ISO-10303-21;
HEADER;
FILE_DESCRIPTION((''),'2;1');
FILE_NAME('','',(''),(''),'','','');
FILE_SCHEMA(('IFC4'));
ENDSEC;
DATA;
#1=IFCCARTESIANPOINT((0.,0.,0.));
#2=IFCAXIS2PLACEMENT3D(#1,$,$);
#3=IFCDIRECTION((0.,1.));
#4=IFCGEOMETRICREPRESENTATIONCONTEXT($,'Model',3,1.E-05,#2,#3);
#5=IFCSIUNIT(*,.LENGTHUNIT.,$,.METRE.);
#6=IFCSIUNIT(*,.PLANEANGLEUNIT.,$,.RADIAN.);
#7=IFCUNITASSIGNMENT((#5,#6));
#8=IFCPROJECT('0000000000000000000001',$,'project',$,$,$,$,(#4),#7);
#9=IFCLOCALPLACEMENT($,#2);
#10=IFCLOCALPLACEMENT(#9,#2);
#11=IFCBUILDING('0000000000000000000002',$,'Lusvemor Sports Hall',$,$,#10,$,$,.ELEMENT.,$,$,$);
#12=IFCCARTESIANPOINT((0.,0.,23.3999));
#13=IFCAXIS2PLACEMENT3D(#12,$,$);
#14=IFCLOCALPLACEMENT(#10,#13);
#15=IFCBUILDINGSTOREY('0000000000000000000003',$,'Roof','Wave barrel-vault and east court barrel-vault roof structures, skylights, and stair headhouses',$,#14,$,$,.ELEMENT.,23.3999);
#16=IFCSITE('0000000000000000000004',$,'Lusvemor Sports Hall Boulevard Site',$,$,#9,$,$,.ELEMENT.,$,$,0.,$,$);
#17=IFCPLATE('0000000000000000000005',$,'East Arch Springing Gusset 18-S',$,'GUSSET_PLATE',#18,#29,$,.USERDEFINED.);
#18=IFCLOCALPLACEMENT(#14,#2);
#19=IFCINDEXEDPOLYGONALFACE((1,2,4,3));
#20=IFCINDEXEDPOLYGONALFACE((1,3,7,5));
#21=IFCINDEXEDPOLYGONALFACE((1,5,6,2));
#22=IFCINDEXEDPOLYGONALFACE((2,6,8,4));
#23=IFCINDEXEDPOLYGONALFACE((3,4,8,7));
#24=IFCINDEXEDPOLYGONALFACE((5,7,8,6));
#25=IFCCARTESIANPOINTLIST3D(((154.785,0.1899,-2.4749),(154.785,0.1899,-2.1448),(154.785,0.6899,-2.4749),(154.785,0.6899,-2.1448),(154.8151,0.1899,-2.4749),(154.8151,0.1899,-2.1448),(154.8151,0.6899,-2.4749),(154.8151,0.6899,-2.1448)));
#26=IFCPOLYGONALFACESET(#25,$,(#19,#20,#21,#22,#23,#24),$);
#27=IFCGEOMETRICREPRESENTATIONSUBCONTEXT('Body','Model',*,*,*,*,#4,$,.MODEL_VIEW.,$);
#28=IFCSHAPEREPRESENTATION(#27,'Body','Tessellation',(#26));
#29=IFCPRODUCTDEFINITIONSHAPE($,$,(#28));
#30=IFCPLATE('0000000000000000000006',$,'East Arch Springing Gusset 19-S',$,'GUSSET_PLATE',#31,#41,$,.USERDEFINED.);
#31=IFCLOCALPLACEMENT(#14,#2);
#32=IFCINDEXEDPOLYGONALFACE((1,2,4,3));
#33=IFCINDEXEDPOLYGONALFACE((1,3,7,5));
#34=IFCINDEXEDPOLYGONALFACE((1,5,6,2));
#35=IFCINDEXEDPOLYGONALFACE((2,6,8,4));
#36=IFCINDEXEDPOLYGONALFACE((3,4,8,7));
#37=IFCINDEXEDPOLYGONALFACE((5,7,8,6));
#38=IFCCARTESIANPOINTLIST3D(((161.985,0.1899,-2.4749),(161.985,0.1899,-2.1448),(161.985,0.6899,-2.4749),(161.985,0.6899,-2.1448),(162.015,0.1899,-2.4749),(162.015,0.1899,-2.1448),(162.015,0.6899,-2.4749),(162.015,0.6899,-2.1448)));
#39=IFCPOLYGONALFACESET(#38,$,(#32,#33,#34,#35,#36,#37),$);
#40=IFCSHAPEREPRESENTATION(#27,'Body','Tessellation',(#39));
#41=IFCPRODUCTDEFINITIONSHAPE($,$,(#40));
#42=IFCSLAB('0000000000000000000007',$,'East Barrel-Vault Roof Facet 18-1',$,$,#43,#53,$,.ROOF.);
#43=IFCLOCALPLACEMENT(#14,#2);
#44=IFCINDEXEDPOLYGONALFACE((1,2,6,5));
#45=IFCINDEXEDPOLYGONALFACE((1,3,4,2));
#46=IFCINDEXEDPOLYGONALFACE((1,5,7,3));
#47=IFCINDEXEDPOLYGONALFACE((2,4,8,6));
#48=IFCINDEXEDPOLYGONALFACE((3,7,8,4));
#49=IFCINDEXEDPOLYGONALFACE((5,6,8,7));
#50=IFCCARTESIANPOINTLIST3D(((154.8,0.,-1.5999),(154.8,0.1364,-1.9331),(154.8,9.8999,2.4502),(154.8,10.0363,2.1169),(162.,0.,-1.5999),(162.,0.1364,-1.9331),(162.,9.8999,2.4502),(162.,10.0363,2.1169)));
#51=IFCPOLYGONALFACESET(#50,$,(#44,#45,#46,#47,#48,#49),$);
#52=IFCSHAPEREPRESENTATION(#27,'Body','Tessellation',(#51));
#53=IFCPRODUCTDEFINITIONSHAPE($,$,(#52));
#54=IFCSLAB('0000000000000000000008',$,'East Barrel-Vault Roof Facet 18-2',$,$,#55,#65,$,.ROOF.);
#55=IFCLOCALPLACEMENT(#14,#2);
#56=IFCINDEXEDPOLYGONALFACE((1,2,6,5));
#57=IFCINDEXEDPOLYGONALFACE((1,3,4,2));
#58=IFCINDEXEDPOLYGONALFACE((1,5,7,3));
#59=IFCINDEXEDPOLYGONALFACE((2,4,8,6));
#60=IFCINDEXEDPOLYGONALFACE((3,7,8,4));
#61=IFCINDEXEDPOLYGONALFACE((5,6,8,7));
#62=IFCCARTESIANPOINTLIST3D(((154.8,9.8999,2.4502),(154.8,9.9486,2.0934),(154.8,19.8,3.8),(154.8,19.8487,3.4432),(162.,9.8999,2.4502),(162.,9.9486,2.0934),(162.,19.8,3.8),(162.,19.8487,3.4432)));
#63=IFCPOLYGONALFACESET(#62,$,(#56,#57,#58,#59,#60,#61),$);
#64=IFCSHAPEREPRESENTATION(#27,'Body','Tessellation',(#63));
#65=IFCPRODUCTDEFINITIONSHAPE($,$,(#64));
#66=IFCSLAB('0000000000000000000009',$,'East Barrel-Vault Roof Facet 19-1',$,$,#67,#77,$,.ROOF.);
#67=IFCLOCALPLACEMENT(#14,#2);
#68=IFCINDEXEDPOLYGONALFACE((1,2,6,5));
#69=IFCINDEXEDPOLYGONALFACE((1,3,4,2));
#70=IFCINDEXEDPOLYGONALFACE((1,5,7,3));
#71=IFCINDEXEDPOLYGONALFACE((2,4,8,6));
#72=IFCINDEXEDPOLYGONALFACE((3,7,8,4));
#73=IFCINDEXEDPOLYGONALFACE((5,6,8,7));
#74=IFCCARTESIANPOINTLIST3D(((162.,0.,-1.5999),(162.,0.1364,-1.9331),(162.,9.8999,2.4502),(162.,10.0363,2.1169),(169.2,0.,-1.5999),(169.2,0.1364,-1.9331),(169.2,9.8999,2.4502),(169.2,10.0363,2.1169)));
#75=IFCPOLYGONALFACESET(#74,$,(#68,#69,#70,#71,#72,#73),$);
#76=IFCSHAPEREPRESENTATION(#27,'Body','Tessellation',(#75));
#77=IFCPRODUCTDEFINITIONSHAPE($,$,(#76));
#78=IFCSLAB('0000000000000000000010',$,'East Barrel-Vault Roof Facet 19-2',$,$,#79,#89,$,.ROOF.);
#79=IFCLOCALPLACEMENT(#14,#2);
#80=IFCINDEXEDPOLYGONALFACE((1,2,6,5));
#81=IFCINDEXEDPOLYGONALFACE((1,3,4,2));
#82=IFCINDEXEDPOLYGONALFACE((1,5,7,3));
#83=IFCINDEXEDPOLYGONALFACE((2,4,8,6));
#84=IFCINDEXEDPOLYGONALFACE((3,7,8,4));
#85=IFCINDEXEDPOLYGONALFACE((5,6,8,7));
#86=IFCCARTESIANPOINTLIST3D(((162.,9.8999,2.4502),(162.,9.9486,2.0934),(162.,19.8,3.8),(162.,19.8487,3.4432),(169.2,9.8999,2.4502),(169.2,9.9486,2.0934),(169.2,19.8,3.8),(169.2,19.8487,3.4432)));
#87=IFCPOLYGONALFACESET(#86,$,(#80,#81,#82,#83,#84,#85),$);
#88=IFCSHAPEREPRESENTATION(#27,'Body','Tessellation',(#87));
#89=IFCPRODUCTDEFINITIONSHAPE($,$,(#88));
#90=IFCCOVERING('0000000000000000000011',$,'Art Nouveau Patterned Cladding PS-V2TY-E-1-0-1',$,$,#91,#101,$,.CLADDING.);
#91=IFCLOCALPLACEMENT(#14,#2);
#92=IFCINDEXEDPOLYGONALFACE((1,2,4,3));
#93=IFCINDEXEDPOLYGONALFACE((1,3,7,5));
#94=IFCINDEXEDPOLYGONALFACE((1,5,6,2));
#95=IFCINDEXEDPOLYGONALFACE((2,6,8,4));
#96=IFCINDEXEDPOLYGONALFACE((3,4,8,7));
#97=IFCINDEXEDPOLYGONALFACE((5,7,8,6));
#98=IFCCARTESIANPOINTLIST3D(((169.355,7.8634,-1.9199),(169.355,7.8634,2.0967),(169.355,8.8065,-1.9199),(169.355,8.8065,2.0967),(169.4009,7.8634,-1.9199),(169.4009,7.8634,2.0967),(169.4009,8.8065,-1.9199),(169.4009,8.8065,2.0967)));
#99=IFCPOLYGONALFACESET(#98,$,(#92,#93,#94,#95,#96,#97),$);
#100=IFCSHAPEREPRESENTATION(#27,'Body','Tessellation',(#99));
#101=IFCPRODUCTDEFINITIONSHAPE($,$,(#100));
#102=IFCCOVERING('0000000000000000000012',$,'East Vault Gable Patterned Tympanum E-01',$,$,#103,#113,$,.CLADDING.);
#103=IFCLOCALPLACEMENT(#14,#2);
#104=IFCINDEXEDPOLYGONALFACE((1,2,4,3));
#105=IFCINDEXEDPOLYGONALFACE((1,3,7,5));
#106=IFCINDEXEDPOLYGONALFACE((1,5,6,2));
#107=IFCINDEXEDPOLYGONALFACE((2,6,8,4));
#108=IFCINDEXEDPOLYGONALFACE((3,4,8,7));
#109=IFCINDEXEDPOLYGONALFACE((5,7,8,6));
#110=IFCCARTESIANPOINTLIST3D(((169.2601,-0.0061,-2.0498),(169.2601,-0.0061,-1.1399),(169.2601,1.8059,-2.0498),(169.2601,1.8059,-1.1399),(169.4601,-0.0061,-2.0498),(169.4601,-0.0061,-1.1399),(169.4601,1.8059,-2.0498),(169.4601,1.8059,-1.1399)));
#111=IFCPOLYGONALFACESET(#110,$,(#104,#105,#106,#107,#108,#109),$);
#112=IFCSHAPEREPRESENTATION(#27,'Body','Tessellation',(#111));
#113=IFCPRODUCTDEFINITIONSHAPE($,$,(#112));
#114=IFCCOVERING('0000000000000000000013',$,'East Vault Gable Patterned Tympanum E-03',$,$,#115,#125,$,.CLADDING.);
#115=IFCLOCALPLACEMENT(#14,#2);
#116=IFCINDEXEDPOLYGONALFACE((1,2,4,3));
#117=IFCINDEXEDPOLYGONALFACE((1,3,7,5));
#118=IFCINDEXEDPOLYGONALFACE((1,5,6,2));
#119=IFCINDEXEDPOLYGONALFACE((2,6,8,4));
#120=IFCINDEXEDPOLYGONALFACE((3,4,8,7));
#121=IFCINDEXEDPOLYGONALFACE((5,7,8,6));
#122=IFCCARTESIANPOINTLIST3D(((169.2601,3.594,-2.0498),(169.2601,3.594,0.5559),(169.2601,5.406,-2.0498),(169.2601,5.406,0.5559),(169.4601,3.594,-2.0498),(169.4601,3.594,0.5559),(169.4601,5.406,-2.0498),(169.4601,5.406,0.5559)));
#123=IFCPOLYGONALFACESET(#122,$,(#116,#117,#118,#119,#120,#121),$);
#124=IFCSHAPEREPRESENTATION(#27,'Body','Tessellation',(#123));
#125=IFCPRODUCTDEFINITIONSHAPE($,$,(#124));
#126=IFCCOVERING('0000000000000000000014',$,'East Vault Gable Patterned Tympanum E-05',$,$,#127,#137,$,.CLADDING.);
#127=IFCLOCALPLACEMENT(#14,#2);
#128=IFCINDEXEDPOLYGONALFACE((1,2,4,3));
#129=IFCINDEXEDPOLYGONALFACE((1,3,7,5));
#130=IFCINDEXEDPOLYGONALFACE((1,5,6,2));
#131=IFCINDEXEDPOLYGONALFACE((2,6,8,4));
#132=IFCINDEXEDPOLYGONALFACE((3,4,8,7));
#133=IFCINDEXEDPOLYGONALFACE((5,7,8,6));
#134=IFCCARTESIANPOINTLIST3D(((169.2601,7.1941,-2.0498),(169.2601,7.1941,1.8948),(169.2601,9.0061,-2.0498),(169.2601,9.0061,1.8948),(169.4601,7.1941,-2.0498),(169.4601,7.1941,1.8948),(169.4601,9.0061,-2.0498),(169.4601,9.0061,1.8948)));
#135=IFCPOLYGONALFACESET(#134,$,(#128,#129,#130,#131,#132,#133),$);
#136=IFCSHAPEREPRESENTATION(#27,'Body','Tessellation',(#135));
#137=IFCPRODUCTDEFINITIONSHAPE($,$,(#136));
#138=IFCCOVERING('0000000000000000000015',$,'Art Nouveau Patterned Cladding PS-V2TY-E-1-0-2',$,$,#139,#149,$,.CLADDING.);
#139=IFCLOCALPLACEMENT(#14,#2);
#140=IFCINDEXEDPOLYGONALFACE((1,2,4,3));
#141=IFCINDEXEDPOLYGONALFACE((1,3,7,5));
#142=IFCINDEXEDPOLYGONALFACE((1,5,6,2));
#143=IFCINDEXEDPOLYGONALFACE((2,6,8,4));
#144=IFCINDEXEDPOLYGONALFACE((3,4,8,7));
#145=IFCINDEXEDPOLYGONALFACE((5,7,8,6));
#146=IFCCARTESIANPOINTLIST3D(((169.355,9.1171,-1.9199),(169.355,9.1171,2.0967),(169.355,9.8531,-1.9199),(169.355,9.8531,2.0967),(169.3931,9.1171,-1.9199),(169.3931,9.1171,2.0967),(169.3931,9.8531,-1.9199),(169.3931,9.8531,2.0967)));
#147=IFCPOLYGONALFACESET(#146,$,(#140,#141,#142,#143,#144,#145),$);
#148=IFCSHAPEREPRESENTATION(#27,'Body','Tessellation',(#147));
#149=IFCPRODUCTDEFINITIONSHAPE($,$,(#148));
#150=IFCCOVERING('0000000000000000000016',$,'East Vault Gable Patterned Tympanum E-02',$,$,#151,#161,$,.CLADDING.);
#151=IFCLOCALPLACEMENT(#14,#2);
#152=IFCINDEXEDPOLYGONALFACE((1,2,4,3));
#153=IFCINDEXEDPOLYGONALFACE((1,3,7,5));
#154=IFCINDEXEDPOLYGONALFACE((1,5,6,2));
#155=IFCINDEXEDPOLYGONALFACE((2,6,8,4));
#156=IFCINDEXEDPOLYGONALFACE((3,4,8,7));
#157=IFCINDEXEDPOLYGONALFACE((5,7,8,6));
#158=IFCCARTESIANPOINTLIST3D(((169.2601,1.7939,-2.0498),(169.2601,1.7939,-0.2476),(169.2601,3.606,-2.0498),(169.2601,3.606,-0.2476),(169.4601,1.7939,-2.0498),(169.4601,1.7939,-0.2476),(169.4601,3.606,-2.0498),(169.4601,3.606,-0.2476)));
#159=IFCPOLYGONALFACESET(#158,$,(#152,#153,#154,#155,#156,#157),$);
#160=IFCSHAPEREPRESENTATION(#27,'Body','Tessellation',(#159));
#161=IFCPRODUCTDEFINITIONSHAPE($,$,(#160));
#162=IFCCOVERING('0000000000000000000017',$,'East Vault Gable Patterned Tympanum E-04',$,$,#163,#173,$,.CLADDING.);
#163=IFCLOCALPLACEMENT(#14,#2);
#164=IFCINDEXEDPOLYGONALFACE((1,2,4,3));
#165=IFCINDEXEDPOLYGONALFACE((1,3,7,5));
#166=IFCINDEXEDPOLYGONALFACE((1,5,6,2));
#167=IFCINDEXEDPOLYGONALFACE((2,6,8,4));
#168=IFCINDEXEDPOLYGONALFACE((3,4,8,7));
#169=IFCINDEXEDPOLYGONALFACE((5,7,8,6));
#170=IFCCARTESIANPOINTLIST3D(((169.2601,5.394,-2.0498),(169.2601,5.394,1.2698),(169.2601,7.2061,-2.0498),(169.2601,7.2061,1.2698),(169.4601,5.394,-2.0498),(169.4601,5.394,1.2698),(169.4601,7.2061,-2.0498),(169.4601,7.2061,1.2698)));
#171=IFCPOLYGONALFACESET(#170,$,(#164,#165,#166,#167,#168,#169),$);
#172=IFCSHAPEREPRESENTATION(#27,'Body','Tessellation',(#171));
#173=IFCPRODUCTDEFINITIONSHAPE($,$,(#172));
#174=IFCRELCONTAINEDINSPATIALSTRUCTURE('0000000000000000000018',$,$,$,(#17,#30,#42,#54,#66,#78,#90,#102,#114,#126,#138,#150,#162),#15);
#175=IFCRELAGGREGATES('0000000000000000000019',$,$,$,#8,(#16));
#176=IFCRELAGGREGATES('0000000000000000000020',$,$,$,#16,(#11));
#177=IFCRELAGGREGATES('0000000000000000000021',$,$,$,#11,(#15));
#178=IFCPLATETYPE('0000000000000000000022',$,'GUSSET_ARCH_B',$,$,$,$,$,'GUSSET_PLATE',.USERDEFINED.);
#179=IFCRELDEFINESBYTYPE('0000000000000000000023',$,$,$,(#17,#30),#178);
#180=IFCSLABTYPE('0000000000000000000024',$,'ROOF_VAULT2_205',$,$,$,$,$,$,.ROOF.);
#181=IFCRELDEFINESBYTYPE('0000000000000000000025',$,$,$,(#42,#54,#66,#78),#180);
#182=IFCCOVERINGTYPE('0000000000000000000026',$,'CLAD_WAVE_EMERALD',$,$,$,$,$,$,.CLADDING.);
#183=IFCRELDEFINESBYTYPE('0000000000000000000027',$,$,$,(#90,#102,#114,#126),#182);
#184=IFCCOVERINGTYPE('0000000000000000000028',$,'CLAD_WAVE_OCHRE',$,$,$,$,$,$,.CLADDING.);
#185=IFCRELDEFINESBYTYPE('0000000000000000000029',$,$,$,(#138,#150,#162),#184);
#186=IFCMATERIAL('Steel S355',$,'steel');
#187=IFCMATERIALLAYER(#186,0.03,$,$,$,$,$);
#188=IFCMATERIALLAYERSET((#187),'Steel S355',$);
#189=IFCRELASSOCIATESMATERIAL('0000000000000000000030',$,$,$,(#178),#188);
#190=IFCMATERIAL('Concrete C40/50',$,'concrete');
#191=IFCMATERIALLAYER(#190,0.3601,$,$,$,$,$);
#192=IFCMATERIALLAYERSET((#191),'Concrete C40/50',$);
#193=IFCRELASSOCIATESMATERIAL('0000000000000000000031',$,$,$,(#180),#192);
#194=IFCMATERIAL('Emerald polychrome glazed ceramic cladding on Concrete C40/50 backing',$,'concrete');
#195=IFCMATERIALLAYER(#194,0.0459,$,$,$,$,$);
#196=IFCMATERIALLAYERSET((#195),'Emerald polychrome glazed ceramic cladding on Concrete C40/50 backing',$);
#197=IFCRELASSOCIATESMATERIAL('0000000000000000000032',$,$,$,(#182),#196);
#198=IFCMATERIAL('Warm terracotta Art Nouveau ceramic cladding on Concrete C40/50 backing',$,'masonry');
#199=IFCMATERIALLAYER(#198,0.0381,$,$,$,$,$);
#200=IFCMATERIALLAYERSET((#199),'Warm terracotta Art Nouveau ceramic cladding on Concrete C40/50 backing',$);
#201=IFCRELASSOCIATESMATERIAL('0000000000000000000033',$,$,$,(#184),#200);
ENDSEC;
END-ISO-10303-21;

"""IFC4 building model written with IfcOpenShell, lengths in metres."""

from ifc_helpers import new_model, si_unit, direction, frame, origin, origin_2d, place, context, subcontext, project, spatial, polyline, rectangle, outline, extrude, material, layer, layer_set, type_object, element, save


model = new_model("IFC4")

# Units and contexts
model_context = context("Model", 3, precision=1e-05, world=origin(), true_north=direction((0.0, 1.0)))
body_context = subcontext(model_context, "Body", "Model", "MODEL_VIEW")
ifc_project = project(units=[si_unit("LENGTHUNIT", "METRE"), si_unit("PLANEANGLEUNIT", "RADIAN")], contexts=[model_context])

# Site, building, storey
site_placement = place(None, origin())
site = spatial("IfcSite", under=ifc_project, at=site_placement, Name="Lusvemor Sports Hall Boulevard Site", CompositionType="ELEMENT", RefElevation=0.0)
building_placement = place(site_placement, origin())
building = spatial("IfcBuilding", under=site, at=building_placement, Name="Lusvemor Sports Hall", CompositionType="ELEMENT")
storey_placement = place(building_placement, frame((0.0, 0.0, 23.3999)))
storey = spatial("IfcBuildingStorey", under=building, at=storey_placement, Name="Roof", Description="Wave barrel-vault and east court barrel-vault roof structures, skylights, and stair headhouses", CompositionType="ELEMENT", Elevation=23.3999)

# Plates
ifc_material_1 = material(Name="Steel S355", Category="steel")
ifc_layer_1 = layer(ifc_material_1, 0.03)
ifc_layer_set_1 = layer_set([ifc_layer_1], Name="Steel S355")
plate_type = type_object("IfcPlateType", Name="GUSSET_ARCH_B", ElementType="GUSSET_PLATE", PredefinedType="USERDEFINED", material=ifc_layer_set_1)
for number, where, z_axis, x_axis, name in (
    (1, (154.8, 0.4399, -2.4749), (0.0, 0.0, 1.0), (1.0, 0.0, 0.0), "East Arch Springing Gusset 18-S"),
    (2, (162.0, 0.4399, -2.4749), (0.0, 0.0, 1.0), (1.0, 0.0, 0.0), "East Arch Springing Gusset 19-S"),
):
    element("IfcPlate", number, at=place(storey_placement, frame(where, z_axis=z_axis, x_axis=x_axis)), inside=storey, type_object=plate_type, Name=name, ObjectType="GUSSET_PLATE", PredefinedType="USERDEFINED", context=body_context, shape_type="SweptSolid", body=[
        extrude(rectangle(XDim=0.03, YDim=0.5, at=origin_2d()), origin(), (0.0, 0.0, 1.0), 0.3301),
    ])

# Slabs
ifc_material_2 = material(Name="Concrete C40/50", Category="concrete")
ifc_layer_2 = layer(ifc_material_2, 0.3601)
ifc_layer_set_2 = layer_set([ifc_layer_2], Name="Concrete C40/50")
slab_type = type_object("IfcSlabType", Name="ROOF_VAULT2_205", PredefinedType="ROOF", material=ifc_layer_set_2)
slab_1_placement = place(storey_placement, frame((154.8, 0.0, -1.5999), z_axis=(0.0, -0.37864, 0.925544), x_axis=(1.0, 0.0, 0.0)))
element("IfcSlab", 3, at=slab_1_placement, inside=storey, type_object=slab_type, Name="East Barrel-Vault Roof Facet 18-1", PredefinedType="ROOF", context=body_context, shape_type="SweptSolid", body=[
    extrude(outline(polyline([(0.0, 0.0), (7.2, 0.0), (7.2, 10.6963), (0.0, 10.6963), (0.0, 0.0)])), origin(), (0.0, 0.0, -1.0), 0.3601),
])
slab_2_placement = place(storey_placement, frame((154.8, 9.8999, 2.4502), z_axis=(0.0, -0.135097, 0.990832), x_axis=(1.0, 0.0, 0.0)))
element("IfcSlab", 4, at=slab_2_placement, inside=storey, type_object=slab_type, Name="East Barrel-Vault Roof Facet 18-2", PredefinedType="ROOF", context=body_context, shape_type="SweptSolid", body=[
    extrude(outline(polyline([(0.0, 0.0), (7.2, 0.0), (7.2, 9.9917), (0.0, 9.9917), (0.0, 0.0)])), origin(), (0.0, 0.0, -1.0), 0.3601),
])
slab_3_placement = place(storey_placement, frame((162.0, 0.0, -1.5999), z_axis=(0.0, -0.37864, 0.925544), x_axis=(1.0, 0.0, 0.0)))
element("IfcSlab", 5, at=slab_3_placement, inside=storey, type_object=slab_type, Name="East Barrel-Vault Roof Facet 19-1", PredefinedType="ROOF", context=body_context, shape_type="SweptSolid", body=[
    extrude(outline(polyline([(0.0, 0.0), (7.2, 0.0), (7.2, 10.6963), (0.0, 10.6963), (0.0, 0.0)])), origin(), (0.0, 0.0, -1.0), 0.3601),
])
slab_4_placement = place(storey_placement, frame((162.0, 9.8999, 2.4502), z_axis=(0.0, -0.135097, 0.990832), x_axis=(1.0, 0.0, 0.0)))
element("IfcSlab", 6, at=slab_4_placement, inside=storey, type_object=slab_type, Name="East Barrel-Vault Roof Facet 19-2", PredefinedType="ROOF", context=body_context, shape_type="SweptSolid", body=[
    extrude(outline(polyline([(0.0, 0.0), (7.2, 0.0), (7.2, 9.9917), (0.0, 9.9917), (0.0, 0.0)])), origin(), (0.0, 0.0, -1.0), 0.3601),
])

# Coverings
ifc_material_3 = material(Name="Emerald polychrome glazed ceramic cladding on Concrete C40/50 backing", Category="concrete")
ifc_layer_3 = layer(ifc_material_3, 0.0459)
ifc_layer_set_3 = layer_set([ifc_layer_3], Name="Emerald polychrome glazed ceramic cladding on Concrete C40/50 backing")
covering_type_1 = type_object("IfcCoveringType", Name="CLAD_WAVE_EMERALD", PredefinedType="CLADDING", material=ifc_layer_set_3)
covering_1_placement = place(storey_placement, frame((169.3779, 8.335, -1.9199), z_axis=(0.0, 0.0, 1.0), x_axis=(1.0, 0.0, 0.0)))
element("IfcCovering", 7, at=covering_1_placement, inside=storey, type_object=covering_type_1, Name="Art Nouveau Patterned Cladding PS-V2TY-E-1-0-1", PredefinedType="CLADDING", context=body_context, shape_type="SweptSolid", body=[
    extrude(rectangle(XDim=0.0459, YDim=0.9431, at=origin_2d()), origin(), (0.0, 0.0, 1.0), 4.0166),
])
covering_2_placement = place(storey_placement, frame((169.3601, 0.8999, -2.0498), z_axis=(0.0, 0.0, 1.0), x_axis=(1.0, 0.0, 0.0)))
element("IfcCovering", 8, at=covering_2_placement, inside=storey, type_object=covering_type_1, Name="East Vault Gable Patterned Tympanum E-01", PredefinedType="CLADDING", context=body_context, shape_type="SweptSolid", body=[
    extrude(rectangle(XDim=0.2, YDim=1.812, at=origin_2d()), origin(), (0.0, 0.0, 1.0), 0.9099),
])
covering_3_placement = place(storey_placement, frame((169.3601, 4.5, -2.0498), z_axis=(0.0, 0.0, 1.0), x_axis=(1.0, 0.0, 0.0)))
element("IfcCovering", 9, at=covering_3_placement, inside=storey, type_object=covering_type_1, Name="East Vault Gable Patterned Tympanum E-03", PredefinedType="CLADDING", context=body_context, shape_type="SweptSolid", body=[
    extrude(rectangle(XDim=0.2, YDim=1.812, at=origin_2d()), origin(), (0.0, 0.0, 1.0), 2.6057),
])
covering_4_placement = place(storey_placement, frame((169.3601, 8.1001, -2.0498), z_axis=(0.0, 0.0, 1.0), x_axis=(1.0, 0.0, 0.0)))
element("IfcCovering", 10, at=covering_4_placement, inside=storey, type_object=covering_type_1, Name="East Vault Gable Patterned Tympanum E-05", PredefinedType="CLADDING", context=body_context, shape_type="SweptSolid", body=[
    extrude(rectangle(XDim=0.2, YDim=1.812, at=origin_2d()), origin(), (0.0, 0.0, 1.0), 3.9446),
])
ifc_material_4 = material(Name="Warm terracotta Art Nouveau ceramic cladding on Concrete C40/50 backing", Category="masonry")
ifc_layer_4 = layer(ifc_material_4, 0.0381)
ifc_layer_set_4 = layer_set([ifc_layer_4], Name="Warm terracotta Art Nouveau ceramic cladding on Concrete C40/50 backing")
covering_type_2 = type_object("IfcCoveringType", Name="CLAD_WAVE_OCHRE", PredefinedType="CLADDING", material=ifc_layer_set_4)
covering_5_placement = place(storey_placement, frame((169.374, 9.4851, -1.9199), z_axis=(0.0, 0.0, 1.0), x_axis=(1.0, 0.0, 0.0)))
element("IfcCovering", 11, at=covering_5_placement, inside=storey, type_object=covering_type_2, Name="Art Nouveau Patterned Cladding PS-V2TY-E-1-0-2", PredefinedType="CLADDING", context=body_context, shape_type="SweptSolid", body=[
    extrude(rectangle(XDim=0.0381, YDim=0.7361, at=origin_2d()), origin(), (0.0, 0.0, 1.0), 4.0166),
])
covering_6_placement = place(storey_placement, frame((169.3601, 2.7, -2.0498), z_axis=(0.0, 0.0, 1.0), x_axis=(1.0, 0.0, 0.0)))
element("IfcCovering", 12, at=covering_6_placement, inside=storey, type_object=covering_type_2, Name="East Vault Gable Patterned Tympanum E-02", PredefinedType="CLADDING", context=body_context, shape_type="SweptSolid", body=[
    extrude(rectangle(XDim=0.2, YDim=1.812, at=origin_2d()), origin(), (0.0, 0.0, 1.0), 1.8022),
])
covering_7_placement = place(storey_placement, frame((169.3601, 6.3, -2.0498), z_axis=(0.0, 0.0, 1.0), x_axis=(1.0, 0.0, 0.0)))
element("IfcCovering", 13, at=covering_7_placement, inside=storey, type_object=covering_type_2, Name="East Vault Gable Patterned Tympanum E-04", PredefinedType="CLADDING", context=body_context, shape_type="SweptSolid", body=[
    extrude(rectangle(XDim=0.2, YDim=1.812, at=origin_2d()), origin(), (0.0, 0.0, 1.0), 3.3196),
])

save(model, "model.ifc")
